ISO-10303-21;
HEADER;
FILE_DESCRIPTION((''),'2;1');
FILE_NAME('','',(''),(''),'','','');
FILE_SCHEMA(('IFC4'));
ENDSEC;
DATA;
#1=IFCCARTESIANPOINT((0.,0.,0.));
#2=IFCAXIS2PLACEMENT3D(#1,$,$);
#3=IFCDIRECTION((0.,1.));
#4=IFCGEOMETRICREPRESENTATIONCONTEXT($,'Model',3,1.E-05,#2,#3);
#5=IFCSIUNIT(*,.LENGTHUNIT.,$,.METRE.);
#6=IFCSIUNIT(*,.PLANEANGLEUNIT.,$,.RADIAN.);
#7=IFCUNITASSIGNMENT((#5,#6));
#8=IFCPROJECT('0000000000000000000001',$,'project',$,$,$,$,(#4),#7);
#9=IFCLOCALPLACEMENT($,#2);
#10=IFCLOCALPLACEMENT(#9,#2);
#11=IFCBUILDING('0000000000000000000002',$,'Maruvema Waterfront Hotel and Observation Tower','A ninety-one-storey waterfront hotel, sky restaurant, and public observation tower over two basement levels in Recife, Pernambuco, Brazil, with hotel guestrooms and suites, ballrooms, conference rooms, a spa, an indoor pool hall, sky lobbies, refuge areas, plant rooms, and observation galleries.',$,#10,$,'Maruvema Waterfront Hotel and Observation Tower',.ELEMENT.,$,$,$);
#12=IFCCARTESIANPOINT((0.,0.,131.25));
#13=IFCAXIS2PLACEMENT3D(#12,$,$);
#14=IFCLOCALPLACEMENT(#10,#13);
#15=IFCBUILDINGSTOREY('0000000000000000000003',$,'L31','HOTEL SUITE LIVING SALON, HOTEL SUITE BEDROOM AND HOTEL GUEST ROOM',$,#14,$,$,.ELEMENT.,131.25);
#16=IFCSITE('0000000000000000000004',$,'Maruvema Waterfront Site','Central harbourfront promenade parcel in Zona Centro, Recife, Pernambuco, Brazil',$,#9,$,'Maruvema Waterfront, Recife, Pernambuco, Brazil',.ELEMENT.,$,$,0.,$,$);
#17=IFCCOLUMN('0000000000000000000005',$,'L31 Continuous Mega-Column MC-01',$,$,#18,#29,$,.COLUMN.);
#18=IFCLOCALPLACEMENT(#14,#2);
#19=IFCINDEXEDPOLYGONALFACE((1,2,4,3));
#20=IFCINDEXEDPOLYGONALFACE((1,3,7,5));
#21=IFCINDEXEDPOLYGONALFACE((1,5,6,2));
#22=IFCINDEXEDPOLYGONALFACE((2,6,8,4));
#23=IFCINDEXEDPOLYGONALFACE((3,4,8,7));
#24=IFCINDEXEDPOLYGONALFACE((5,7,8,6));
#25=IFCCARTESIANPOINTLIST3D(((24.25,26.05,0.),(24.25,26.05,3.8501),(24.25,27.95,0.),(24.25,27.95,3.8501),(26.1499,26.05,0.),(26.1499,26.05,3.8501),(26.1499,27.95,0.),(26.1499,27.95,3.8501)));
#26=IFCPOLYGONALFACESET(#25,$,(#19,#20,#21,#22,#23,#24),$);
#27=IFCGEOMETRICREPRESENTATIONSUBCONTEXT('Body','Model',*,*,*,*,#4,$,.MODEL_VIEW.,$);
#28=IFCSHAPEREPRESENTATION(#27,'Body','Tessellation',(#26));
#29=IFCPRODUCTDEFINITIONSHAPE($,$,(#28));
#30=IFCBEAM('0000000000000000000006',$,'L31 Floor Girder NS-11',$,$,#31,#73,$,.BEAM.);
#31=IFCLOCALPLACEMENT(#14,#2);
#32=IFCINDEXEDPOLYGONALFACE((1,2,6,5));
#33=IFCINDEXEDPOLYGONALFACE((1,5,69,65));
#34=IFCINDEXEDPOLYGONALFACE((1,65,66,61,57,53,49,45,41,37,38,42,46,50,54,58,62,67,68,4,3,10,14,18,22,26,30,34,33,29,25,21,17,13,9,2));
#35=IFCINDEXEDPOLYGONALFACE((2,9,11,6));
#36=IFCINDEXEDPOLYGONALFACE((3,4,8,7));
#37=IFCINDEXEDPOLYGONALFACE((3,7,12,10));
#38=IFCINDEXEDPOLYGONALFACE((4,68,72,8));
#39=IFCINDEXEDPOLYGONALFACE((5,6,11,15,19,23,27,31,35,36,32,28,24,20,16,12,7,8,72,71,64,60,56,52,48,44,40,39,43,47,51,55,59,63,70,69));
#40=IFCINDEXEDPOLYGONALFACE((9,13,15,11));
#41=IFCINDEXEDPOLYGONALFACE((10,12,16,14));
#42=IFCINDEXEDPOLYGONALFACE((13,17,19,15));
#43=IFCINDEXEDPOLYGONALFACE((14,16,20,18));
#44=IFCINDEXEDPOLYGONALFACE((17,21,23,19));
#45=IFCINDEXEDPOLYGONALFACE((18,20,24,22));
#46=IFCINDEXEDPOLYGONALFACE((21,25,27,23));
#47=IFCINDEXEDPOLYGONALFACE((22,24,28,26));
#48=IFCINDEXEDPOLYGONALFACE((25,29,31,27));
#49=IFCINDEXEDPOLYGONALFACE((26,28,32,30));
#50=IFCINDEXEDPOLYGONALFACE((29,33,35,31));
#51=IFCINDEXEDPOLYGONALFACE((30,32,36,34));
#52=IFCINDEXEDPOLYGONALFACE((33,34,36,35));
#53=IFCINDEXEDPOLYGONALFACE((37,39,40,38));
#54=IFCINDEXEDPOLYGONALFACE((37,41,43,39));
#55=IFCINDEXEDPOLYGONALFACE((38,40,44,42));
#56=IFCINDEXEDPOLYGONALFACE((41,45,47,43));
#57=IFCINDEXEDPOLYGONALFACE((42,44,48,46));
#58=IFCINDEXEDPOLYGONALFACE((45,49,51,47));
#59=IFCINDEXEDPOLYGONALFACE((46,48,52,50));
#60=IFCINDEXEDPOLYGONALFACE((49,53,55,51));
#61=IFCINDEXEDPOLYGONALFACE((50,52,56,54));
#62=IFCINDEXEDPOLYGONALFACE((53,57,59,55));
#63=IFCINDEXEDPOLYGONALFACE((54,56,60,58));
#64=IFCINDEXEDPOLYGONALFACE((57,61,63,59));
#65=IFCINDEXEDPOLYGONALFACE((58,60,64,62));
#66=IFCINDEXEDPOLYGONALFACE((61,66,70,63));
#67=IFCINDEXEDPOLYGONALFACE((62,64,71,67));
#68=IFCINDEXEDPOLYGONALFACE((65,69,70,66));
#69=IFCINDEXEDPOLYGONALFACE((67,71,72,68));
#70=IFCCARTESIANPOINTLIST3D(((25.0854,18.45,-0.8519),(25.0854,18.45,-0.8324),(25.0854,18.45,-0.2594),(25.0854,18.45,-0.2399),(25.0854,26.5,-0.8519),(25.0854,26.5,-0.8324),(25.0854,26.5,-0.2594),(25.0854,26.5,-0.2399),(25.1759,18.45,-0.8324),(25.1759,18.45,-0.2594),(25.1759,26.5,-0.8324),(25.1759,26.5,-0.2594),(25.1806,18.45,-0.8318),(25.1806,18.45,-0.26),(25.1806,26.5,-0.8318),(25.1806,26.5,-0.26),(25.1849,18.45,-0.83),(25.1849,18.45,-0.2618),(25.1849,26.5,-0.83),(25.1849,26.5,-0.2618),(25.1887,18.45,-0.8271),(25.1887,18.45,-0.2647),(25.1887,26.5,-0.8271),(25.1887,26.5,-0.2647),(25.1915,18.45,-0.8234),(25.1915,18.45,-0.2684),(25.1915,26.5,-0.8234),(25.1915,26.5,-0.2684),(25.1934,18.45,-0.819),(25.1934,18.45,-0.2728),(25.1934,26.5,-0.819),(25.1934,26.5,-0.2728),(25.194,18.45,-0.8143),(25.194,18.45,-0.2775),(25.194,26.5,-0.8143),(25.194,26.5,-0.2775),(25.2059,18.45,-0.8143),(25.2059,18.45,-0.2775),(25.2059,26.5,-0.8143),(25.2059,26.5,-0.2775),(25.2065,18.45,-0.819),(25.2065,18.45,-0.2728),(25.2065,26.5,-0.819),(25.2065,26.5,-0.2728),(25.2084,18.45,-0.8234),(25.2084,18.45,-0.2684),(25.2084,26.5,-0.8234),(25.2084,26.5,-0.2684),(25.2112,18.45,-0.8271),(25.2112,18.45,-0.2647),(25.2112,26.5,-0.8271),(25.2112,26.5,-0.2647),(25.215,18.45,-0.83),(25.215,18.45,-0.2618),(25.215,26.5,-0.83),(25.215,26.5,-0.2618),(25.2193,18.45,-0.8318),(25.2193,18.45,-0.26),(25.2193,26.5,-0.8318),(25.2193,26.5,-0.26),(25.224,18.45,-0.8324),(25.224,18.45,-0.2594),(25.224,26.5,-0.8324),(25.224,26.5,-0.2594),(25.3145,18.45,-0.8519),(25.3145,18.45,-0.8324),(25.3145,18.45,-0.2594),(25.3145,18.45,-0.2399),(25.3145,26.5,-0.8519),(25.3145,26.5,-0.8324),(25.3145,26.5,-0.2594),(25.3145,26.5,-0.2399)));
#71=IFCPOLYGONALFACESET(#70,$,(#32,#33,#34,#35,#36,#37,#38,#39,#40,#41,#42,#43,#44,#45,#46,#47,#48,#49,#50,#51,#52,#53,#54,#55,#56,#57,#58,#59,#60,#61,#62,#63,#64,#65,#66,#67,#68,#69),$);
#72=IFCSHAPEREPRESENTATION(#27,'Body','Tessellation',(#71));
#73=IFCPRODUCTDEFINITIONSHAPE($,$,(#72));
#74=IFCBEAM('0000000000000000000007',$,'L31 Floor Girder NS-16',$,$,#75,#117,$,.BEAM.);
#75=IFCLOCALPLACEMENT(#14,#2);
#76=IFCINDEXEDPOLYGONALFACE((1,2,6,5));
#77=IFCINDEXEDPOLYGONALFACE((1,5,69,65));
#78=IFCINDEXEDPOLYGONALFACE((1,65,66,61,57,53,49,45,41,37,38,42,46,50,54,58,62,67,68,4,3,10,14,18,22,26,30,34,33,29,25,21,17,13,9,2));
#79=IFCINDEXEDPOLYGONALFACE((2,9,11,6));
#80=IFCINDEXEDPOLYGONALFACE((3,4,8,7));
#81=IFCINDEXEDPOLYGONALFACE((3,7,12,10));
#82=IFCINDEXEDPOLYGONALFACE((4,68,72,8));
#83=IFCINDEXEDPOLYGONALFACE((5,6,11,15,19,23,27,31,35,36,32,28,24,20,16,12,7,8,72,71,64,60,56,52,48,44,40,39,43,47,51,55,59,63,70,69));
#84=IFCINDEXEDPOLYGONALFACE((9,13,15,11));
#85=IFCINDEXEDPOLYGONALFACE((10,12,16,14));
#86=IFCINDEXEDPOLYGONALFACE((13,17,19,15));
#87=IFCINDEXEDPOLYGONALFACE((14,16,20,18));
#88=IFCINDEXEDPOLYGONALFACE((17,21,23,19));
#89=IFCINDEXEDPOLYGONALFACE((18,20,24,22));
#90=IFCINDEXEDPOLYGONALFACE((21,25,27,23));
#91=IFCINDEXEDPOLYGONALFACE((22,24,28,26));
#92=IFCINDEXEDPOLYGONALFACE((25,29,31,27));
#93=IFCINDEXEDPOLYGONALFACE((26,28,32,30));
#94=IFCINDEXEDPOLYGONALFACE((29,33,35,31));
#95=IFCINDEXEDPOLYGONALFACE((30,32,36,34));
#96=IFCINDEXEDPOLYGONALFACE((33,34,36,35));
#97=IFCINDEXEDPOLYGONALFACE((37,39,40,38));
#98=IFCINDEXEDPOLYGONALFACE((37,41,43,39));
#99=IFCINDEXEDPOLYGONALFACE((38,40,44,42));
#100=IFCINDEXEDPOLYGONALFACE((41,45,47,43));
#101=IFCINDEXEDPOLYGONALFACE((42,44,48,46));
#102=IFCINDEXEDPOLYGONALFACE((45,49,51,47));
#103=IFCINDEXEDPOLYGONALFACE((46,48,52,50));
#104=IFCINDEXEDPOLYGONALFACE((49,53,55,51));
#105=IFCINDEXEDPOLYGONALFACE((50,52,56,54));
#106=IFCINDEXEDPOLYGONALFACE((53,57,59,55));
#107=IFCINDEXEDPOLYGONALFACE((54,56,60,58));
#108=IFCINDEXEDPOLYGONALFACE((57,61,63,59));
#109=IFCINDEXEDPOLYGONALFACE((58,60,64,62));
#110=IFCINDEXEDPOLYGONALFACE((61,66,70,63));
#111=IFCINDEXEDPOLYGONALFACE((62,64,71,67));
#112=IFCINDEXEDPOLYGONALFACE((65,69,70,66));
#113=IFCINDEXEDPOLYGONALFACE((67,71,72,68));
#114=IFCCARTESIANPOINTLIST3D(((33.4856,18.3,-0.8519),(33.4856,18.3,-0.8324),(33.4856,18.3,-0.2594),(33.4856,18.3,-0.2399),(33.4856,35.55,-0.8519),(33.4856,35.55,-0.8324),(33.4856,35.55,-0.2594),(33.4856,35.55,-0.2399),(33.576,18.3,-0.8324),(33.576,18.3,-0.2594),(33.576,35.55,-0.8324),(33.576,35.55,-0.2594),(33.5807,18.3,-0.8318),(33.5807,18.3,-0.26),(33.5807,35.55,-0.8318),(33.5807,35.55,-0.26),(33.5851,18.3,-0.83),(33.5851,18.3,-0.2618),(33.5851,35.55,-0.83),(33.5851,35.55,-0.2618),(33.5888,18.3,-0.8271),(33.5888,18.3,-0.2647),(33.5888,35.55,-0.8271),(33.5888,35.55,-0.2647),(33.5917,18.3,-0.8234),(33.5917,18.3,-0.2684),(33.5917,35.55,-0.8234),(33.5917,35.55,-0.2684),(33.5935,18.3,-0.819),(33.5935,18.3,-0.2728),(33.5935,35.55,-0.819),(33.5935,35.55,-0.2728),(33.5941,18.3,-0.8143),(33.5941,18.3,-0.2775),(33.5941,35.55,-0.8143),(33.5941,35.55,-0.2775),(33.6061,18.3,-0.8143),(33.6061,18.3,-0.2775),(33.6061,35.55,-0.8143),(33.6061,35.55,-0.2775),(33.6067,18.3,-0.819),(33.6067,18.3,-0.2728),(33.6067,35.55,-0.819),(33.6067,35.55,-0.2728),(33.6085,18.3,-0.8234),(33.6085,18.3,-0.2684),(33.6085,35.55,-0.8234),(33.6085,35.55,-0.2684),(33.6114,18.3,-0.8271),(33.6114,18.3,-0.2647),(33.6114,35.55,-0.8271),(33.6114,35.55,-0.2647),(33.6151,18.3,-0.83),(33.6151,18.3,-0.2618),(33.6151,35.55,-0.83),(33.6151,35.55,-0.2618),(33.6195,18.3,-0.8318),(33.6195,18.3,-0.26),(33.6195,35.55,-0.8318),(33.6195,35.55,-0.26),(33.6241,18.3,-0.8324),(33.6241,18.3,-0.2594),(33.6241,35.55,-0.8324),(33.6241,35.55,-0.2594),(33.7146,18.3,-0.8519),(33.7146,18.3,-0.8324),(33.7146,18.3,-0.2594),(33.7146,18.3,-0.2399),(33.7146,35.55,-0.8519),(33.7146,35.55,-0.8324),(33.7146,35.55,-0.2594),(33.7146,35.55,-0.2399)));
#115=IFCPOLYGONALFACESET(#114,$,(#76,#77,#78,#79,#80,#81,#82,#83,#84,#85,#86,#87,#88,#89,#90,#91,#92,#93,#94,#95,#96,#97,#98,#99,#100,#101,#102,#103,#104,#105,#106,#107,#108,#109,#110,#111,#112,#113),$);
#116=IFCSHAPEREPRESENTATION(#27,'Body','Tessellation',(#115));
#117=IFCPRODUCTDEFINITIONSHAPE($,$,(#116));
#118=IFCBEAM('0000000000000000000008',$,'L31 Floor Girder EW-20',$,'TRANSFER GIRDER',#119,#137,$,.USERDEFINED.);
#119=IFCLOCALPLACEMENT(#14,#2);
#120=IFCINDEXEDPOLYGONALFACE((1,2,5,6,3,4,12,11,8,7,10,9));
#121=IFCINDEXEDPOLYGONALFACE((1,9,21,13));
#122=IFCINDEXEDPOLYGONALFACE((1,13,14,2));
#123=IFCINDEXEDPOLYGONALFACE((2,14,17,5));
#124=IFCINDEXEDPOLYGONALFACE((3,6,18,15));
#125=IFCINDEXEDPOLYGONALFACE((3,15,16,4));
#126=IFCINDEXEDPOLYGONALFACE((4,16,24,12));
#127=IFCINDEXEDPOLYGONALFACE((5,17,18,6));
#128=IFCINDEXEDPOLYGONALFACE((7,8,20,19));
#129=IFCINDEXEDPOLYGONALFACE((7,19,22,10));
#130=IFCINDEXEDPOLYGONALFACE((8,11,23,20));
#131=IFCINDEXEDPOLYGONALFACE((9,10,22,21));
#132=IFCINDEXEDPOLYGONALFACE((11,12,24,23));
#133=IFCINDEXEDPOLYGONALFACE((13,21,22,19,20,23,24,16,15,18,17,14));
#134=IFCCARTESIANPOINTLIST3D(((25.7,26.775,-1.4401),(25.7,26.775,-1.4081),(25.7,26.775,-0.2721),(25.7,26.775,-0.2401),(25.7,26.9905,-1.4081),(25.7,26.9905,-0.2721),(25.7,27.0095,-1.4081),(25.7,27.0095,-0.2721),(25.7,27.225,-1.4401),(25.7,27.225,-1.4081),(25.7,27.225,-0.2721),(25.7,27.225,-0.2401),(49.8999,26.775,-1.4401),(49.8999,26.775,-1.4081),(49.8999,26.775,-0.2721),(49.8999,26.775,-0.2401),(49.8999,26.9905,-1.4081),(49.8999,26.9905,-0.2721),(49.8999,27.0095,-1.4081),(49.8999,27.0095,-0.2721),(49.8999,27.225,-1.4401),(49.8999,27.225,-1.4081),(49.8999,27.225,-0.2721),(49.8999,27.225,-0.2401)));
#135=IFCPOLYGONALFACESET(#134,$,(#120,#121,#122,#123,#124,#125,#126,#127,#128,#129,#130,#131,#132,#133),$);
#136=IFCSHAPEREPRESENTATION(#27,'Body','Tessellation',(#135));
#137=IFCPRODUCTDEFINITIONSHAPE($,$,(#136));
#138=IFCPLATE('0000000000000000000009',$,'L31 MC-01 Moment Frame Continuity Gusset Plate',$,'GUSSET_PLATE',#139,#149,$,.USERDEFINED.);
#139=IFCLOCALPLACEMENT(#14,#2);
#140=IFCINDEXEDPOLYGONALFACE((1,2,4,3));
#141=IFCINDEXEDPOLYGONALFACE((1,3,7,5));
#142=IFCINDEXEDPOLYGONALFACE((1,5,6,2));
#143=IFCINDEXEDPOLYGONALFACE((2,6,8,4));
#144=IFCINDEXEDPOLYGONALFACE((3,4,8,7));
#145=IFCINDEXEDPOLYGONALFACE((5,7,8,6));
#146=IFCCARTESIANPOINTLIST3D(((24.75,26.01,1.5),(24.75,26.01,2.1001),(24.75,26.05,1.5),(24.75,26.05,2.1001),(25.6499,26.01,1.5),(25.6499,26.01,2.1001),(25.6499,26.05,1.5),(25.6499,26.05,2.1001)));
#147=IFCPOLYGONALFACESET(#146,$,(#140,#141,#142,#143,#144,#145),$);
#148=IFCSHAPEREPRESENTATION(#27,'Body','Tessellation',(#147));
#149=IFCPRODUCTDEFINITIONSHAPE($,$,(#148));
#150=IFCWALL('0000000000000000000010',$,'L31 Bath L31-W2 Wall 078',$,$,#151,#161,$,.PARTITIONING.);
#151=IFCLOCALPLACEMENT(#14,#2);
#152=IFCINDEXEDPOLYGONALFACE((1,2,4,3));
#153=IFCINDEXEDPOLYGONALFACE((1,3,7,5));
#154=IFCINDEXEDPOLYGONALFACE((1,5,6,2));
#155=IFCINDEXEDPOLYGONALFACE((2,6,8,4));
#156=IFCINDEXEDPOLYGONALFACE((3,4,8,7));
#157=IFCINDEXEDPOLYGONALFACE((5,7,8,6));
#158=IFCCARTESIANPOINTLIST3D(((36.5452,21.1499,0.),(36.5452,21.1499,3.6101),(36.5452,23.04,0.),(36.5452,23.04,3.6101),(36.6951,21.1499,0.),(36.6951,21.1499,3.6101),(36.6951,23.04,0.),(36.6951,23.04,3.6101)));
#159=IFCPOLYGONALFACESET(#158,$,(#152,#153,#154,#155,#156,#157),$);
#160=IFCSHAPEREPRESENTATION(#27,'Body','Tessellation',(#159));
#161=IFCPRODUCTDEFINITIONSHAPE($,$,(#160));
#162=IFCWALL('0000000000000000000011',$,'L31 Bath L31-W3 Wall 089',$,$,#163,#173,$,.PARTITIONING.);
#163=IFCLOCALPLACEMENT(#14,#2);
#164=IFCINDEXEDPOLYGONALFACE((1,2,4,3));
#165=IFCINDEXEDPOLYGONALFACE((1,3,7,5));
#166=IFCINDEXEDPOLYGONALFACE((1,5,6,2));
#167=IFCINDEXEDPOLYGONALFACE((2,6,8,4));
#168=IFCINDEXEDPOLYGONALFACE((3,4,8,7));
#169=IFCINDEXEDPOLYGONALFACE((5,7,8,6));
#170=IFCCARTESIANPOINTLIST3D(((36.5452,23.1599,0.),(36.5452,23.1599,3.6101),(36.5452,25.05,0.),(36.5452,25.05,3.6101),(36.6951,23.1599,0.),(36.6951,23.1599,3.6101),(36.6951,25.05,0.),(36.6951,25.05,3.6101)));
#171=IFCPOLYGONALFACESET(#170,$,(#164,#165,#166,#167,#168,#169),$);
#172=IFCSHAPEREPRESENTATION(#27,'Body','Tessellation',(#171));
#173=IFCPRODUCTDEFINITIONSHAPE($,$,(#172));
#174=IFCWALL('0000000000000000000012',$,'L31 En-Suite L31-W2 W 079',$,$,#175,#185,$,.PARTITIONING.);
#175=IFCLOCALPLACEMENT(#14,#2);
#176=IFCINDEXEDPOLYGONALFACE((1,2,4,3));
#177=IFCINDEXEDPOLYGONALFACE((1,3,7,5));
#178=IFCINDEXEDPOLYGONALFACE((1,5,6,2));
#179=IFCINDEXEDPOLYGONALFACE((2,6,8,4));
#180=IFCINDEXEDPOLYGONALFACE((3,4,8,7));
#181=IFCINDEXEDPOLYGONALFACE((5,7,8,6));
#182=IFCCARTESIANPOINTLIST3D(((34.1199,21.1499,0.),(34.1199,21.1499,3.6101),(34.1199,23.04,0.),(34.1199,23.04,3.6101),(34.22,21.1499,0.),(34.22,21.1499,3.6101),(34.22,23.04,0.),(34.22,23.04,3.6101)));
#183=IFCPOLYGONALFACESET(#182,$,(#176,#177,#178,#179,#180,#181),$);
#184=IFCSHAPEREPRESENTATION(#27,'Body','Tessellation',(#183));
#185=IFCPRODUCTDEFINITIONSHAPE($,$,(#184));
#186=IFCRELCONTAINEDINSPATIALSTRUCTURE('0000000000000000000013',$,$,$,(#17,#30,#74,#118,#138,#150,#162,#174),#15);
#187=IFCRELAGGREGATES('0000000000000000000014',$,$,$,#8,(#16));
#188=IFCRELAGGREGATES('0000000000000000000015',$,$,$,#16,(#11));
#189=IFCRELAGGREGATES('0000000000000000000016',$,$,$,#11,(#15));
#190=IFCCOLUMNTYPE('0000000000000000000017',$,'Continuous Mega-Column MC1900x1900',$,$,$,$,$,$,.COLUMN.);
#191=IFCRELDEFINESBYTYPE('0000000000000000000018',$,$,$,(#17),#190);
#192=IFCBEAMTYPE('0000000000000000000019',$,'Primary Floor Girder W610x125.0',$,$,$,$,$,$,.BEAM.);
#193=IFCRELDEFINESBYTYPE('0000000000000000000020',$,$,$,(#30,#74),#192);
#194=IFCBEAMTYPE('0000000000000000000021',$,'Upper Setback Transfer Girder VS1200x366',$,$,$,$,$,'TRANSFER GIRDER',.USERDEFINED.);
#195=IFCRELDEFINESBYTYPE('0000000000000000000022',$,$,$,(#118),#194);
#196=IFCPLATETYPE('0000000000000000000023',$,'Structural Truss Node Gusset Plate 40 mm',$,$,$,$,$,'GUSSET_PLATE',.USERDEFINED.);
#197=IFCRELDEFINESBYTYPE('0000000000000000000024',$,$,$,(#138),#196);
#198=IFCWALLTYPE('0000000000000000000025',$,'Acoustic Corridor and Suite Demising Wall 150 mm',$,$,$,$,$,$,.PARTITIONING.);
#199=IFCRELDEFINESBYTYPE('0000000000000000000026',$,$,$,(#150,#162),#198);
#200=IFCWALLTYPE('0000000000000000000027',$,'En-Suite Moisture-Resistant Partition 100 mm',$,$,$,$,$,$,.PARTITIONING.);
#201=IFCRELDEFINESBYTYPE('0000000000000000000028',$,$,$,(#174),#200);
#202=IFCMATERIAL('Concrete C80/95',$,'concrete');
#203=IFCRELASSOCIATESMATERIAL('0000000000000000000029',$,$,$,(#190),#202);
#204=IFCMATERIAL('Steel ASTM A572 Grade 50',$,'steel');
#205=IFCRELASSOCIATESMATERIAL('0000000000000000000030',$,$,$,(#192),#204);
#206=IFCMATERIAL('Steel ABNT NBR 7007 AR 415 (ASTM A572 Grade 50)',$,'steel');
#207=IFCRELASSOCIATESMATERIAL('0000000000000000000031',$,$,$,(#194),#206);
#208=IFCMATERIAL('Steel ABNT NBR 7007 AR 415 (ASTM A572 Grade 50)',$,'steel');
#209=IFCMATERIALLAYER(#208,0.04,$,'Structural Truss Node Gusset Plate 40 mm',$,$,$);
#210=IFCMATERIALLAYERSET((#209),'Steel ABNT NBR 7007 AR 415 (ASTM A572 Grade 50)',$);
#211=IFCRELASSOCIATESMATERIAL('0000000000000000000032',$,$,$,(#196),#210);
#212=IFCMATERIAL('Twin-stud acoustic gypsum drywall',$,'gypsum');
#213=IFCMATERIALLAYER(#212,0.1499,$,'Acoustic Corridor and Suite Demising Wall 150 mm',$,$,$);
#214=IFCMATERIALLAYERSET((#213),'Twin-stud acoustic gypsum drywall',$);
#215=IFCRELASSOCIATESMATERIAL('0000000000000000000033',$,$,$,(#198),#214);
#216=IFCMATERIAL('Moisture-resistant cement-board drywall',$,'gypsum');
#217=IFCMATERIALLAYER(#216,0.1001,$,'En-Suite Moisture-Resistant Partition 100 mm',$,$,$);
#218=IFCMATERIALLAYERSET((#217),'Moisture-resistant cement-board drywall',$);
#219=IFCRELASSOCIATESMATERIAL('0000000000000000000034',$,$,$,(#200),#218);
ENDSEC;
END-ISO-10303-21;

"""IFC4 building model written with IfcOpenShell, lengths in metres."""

from ifc_helpers import new_model, si_unit, direction, frame, frame_2d, origin, origin_2d, place, context, subcontext, project, spatial, rectangle, i_section, extrude, material, layer, layer_set, material_profile, profile_set, type_object, element, save


model = new_model("IFC4")

# Units and contexts
model_context = context("Model", 3, precision=1e-05, world=origin(), true_north=direction((0.0, 1.0)))
body_context = subcontext(model_context, "Body", "Model", "MODEL_VIEW")
ifc_project = project(units=[si_unit("LENGTHUNIT", "METRE"), si_unit("PLANEANGLEUNIT", "RADIAN")], contexts=[model_context])

# Site, building, storey
site_placement = place(None, origin())
site = spatial("IfcSite", under=ifc_project, at=site_placement, Name="Maruvema Waterfront Site", Description="Central harbourfront promenade parcel in Zona Centro, Recife, Pernambuco, Brazil", LongName="Maruvema Waterfront, Recife, Pernambuco, Brazil", CompositionType="ELEMENT", RefElevation=0.0)
building_placement = place(site_placement, origin())
building = spatial("IfcBuilding", under=site, at=building_placement, Name="Maruvema Waterfront Hotel and Observation Tower", Description="A ninety-one-storey waterfront hotel, sky restaurant, and public observation tower over two basement levels in Recife, Pernambuco, Brazil, with hotel guestrooms and suites, ballrooms, conference rooms, a spa, an indoor pool hall, sky lobbies, refuge areas, plant rooms, and observation galleries.", LongName="Maruvema Waterfront Hotel and Observation Tower", CompositionType="ELEMENT")
storey_placement = place(building_placement, frame((0.0, 0.0, 131.25)))
storey = spatial("IfcBuildingStorey", under=building, at=storey_placement, Name="L31", Description="HOTEL SUITE LIVING SALON, HOTEL SUITE BEDROOM AND HOTEL GUEST ROOM", CompositionType="ELEMENT", Elevation=131.25)

# Column
ifc_material_1 = material(Name="Concrete C80/95", Category="concrete")
ifc_material_profile_1 = material_profile(ifc_material_1, rectangle(XDim=1.8999, YDim=1.8999, at=origin_2d()), Name="MC1900x1900")
ifc_profile_set_1 = profile_set([ifc_material_profile_1], Name="Concrete C80/95")
column_type = type_object("IfcColumnType", Name="Continuous Mega-Column MC1900x1900", PredefinedType="COLUMN", material=ifc_profile_set_1)
column_placement = place(storey_placement, frame((25.2, 27.0, 0.0), z_axis=(0.0, 0.0, 1.0), x_axis=(1.0, 0.0, 0.0)))
element("IfcColumn", 1, at=column_placement, inside=storey, type_object=column_type, Name="L31 Continuous Mega-Column MC-01", PredefinedType="COLUMN", context=body_context, shape_type="SweptSolid", body=[
    extrude(rectangle(XDim=1.8999, YDim=1.8999, at=origin_2d()), origin(), (0.0, 0.0, 1.0), 3.8501),
])

# Beams
ifc_material_2 = material(Name="Steel ASTM A572 Grade 50", Category="steel")
ifc_material_profile_2 = material_profile(ifc_material_2, i_section(OverallWidth=0.229, OverallDepth=0.6121, WebThickness=0.012, FlangeThickness=0.0195, FilletRadius=0.0181, at=origin_2d()), Name="W610x125.0")
ifc_profile_set_2 = profile_set([ifc_material_profile_2], Name="Steel ASTM A572 Grade 50")
beam_type_1 = type_object("IfcBeamType", Name="Primary Floor Girder W610x125.0", PredefinedType="BEAM", material=ifc_profile_set_2)
beam_1_placement = place(storey_placement, frame((25.2, 18.45, -0.5459), z_axis=(0.0, 1.0, 0.0), x_axis=(-1.0, 0.0, 0.0)))
element("IfcBeam", 2, at=beam_1_placement, inside=storey, type_object=beam_type_1, Name="L31 Floor Girder NS-11", PredefinedType="BEAM", context=body_context, shape_type="SweptSolid", body=[
    extrude(i_section(OverallWidth=0.229, OverallDepth=0.6121, WebThickness=0.012, FlangeThickness=0.0195, FilletRadius=0.0181, at=origin_2d()), origin(), (0.0, 0.0, 1.0), 8.05),
])
beam_2_placement = place(storey_placement, frame((33.6001, 18.3, -0.5459), z_axis=(0.0, 1.0, 0.0), x_axis=(-1.0, 0.0, 0.0)))
element("IfcBeam", 3, at=beam_2_placement, inside=storey, type_object=beam_type_1, Name="L31 Floor Girder NS-16", PredefinedType="BEAM", context=body_context, shape_type="SweptSolid", body=[
    extrude(i_section(OverallWidth=0.229, OverallDepth=0.6121, WebThickness=0.012, FlangeThickness=0.0195, FilletRadius=0.0181, at=origin_2d()), origin(), (0.0, 0.0, 1.0), 17.25),
])
ifc_material_3 = material(Name="Steel ABNT NBR 7007 AR 415 (ASTM A572 Grade 50)", Category="steel")
ifc_material_profile_3 = material_profile(ifc_material_3, i_section(OverallWidth=0.45, OverallDepth=1.2, WebThickness=0.019, FlangeThickness=0.032, at=origin_2d()), Name="VS1200x366")
ifc_profile_set_3 = profile_set([ifc_material_profile_3], Name="Steel ABNT NBR 7007 AR 415 (ASTM A572 Grade 50)")
beam_type_2 = type_object("IfcBeamType", Name="Upper Setback Transfer Girder VS1200x366", ElementType="TRANSFER GIRDER", PredefinedType="USERDEFINED", material=ifc_profile_set_3)
beam_3_placement = place(storey_placement, frame((25.7, 27.0, -0.8401), z_axis=(1.0, 0.0, 0.0), x_axis=(0.0, 1.0, 0.0)))
element("IfcBeam", 4, at=beam_3_placement, inside=storey, type_object=beam_type_2, Name="L31 Floor Girder EW-20", ObjectType="TRANSFER GIRDER", PredefinedType="USERDEFINED", context=body_context, shape_type="SweptSolid", body=[
    extrude(i_section(OverallWidth=0.45, OverallDepth=1.2, WebThickness=0.019, FlangeThickness=0.032, at=origin_2d()), origin(), (0.0, 0.0, 1.0), 24.2),
])

# Plate
ifc_material_4 = material(Name="Steel ABNT NBR 7007 AR 415 (ASTM A572 Grade 50)", Category="steel")
ifc_layer_1 = layer(ifc_material_4, 0.04, Name="Structural Truss Node Gusset Plate 40 mm")
ifc_layer_set_1 = layer_set([ifc_layer_1], Name="Steel ABNT NBR 7007 AR 415 (ASTM A572 Grade 50)")
plate_type = type_object("IfcPlateType", Name="Structural Truss Node Gusset Plate 40 mm", ElementType="GUSSET_PLATE", PredefinedType="USERDEFINED", material=ifc_layer_set_1)
plate_placement = place(storey_placement, frame((25.2, 26.03, 1.5), z_axis=(0.0, 0.0, 1.0), x_axis=(1.0, 0.0, 0.0)))
element("IfcPlate", 5, at=plate_placement, inside=storey, type_object=plate_type, Name="L31 MC-01 Moment Frame Continuity Gusset Plate", ObjectType="GUSSET_PLATE", PredefinedType="USERDEFINED", context=body_context, shape_type="SweptSolid", body=[
    extrude(rectangle(XDim=0.8999, YDim=0.04, at=origin_2d()), origin(), (0.0, 0.0, 1.0), 0.6001),
])

# Shared definitions
ifc_material_5 = material(Name="Twin-stud acoustic gypsum drywall", Category="gypsum")
ifc_layer_2 = layer(ifc_material_5, 0.1499, Name="Acoustic Corridor and Suite Demising Wall 150 mm")
ifc_layer_set_2 = layer_set([ifc_layer_2], Name="Twin-stud acoustic gypsum drywall")
wall_type_1 = type_object("IfcWallType", Name="Acoustic Corridor and Suite Demising Wall 150 mm", PredefinedType="PARTITIONING", material=ifc_layer_set_2)

# Walls
for number, where, z_axis, x_axis, name in (
    (6, (36.6201, 21.1499, 0.0), (0.0, 0.0, 1.0), (0.0, 1.0, 0.0), "L31 Bath L31-W2 Wall 078"),
    (7, (36.6201, 23.1599, 0.0), (0.0, 0.0, 1.0), (0.0, 1.0, 0.0), "L31 Bath L31-W3 Wall 089"),
):
    element("IfcWall", number, at=place(storey_placement, frame(where, z_axis=z_axis, x_axis=x_axis)), inside=storey, type_object=wall_type_1, Name=name, PredefinedType="PARTITIONING", context=body_context, shape_type="SweptSolid", body=[
        extrude(rectangle(XDim=1.8901, YDim=0.1499, at=frame_2d((0.9451, 0.0))), origin(), (0.0, 0.0, 1.0), 3.6101),
    ])

# Wall
ifc_material_6 = material(Name="Moisture-resistant cement-board drywall", Category="gypsum")
ifc_layer_3 = layer(ifc_material_6, 0.1001, Name="En-Suite Moisture-Resistant Partition 100 mm")
ifc_layer_set_3 = layer_set([ifc_layer_3], Name="Moisture-resistant cement-board drywall")
wall_type_2 = type_object("IfcWallType", Name="En-Suite Moisture-Resistant Partition 100 mm", PredefinedType="PARTITIONING", material=ifc_layer_set_3)
wall_1_placement = place(storey_placement, frame((34.1699, 21.1499, 0.0), z_axis=(0.0, 0.0, 1.0), x_axis=(0.0, 1.0, 0.0)))
element("IfcWall", 8, at=wall_1_placement, inside=storey, type_object=wall_type_2, Name="L31 En-Suite L31-W2 W 079", PredefinedType="PARTITIONING", context=body_context, shape_type="SweptSolid", body=[
    extrude(rectangle(XDim=1.8901, YDim=0.1001, at=frame_2d((0.9451, 0.0))), origin(), (0.0, 0.0, 1.0), 3.6101),
])

save(model, "model.ifc")
